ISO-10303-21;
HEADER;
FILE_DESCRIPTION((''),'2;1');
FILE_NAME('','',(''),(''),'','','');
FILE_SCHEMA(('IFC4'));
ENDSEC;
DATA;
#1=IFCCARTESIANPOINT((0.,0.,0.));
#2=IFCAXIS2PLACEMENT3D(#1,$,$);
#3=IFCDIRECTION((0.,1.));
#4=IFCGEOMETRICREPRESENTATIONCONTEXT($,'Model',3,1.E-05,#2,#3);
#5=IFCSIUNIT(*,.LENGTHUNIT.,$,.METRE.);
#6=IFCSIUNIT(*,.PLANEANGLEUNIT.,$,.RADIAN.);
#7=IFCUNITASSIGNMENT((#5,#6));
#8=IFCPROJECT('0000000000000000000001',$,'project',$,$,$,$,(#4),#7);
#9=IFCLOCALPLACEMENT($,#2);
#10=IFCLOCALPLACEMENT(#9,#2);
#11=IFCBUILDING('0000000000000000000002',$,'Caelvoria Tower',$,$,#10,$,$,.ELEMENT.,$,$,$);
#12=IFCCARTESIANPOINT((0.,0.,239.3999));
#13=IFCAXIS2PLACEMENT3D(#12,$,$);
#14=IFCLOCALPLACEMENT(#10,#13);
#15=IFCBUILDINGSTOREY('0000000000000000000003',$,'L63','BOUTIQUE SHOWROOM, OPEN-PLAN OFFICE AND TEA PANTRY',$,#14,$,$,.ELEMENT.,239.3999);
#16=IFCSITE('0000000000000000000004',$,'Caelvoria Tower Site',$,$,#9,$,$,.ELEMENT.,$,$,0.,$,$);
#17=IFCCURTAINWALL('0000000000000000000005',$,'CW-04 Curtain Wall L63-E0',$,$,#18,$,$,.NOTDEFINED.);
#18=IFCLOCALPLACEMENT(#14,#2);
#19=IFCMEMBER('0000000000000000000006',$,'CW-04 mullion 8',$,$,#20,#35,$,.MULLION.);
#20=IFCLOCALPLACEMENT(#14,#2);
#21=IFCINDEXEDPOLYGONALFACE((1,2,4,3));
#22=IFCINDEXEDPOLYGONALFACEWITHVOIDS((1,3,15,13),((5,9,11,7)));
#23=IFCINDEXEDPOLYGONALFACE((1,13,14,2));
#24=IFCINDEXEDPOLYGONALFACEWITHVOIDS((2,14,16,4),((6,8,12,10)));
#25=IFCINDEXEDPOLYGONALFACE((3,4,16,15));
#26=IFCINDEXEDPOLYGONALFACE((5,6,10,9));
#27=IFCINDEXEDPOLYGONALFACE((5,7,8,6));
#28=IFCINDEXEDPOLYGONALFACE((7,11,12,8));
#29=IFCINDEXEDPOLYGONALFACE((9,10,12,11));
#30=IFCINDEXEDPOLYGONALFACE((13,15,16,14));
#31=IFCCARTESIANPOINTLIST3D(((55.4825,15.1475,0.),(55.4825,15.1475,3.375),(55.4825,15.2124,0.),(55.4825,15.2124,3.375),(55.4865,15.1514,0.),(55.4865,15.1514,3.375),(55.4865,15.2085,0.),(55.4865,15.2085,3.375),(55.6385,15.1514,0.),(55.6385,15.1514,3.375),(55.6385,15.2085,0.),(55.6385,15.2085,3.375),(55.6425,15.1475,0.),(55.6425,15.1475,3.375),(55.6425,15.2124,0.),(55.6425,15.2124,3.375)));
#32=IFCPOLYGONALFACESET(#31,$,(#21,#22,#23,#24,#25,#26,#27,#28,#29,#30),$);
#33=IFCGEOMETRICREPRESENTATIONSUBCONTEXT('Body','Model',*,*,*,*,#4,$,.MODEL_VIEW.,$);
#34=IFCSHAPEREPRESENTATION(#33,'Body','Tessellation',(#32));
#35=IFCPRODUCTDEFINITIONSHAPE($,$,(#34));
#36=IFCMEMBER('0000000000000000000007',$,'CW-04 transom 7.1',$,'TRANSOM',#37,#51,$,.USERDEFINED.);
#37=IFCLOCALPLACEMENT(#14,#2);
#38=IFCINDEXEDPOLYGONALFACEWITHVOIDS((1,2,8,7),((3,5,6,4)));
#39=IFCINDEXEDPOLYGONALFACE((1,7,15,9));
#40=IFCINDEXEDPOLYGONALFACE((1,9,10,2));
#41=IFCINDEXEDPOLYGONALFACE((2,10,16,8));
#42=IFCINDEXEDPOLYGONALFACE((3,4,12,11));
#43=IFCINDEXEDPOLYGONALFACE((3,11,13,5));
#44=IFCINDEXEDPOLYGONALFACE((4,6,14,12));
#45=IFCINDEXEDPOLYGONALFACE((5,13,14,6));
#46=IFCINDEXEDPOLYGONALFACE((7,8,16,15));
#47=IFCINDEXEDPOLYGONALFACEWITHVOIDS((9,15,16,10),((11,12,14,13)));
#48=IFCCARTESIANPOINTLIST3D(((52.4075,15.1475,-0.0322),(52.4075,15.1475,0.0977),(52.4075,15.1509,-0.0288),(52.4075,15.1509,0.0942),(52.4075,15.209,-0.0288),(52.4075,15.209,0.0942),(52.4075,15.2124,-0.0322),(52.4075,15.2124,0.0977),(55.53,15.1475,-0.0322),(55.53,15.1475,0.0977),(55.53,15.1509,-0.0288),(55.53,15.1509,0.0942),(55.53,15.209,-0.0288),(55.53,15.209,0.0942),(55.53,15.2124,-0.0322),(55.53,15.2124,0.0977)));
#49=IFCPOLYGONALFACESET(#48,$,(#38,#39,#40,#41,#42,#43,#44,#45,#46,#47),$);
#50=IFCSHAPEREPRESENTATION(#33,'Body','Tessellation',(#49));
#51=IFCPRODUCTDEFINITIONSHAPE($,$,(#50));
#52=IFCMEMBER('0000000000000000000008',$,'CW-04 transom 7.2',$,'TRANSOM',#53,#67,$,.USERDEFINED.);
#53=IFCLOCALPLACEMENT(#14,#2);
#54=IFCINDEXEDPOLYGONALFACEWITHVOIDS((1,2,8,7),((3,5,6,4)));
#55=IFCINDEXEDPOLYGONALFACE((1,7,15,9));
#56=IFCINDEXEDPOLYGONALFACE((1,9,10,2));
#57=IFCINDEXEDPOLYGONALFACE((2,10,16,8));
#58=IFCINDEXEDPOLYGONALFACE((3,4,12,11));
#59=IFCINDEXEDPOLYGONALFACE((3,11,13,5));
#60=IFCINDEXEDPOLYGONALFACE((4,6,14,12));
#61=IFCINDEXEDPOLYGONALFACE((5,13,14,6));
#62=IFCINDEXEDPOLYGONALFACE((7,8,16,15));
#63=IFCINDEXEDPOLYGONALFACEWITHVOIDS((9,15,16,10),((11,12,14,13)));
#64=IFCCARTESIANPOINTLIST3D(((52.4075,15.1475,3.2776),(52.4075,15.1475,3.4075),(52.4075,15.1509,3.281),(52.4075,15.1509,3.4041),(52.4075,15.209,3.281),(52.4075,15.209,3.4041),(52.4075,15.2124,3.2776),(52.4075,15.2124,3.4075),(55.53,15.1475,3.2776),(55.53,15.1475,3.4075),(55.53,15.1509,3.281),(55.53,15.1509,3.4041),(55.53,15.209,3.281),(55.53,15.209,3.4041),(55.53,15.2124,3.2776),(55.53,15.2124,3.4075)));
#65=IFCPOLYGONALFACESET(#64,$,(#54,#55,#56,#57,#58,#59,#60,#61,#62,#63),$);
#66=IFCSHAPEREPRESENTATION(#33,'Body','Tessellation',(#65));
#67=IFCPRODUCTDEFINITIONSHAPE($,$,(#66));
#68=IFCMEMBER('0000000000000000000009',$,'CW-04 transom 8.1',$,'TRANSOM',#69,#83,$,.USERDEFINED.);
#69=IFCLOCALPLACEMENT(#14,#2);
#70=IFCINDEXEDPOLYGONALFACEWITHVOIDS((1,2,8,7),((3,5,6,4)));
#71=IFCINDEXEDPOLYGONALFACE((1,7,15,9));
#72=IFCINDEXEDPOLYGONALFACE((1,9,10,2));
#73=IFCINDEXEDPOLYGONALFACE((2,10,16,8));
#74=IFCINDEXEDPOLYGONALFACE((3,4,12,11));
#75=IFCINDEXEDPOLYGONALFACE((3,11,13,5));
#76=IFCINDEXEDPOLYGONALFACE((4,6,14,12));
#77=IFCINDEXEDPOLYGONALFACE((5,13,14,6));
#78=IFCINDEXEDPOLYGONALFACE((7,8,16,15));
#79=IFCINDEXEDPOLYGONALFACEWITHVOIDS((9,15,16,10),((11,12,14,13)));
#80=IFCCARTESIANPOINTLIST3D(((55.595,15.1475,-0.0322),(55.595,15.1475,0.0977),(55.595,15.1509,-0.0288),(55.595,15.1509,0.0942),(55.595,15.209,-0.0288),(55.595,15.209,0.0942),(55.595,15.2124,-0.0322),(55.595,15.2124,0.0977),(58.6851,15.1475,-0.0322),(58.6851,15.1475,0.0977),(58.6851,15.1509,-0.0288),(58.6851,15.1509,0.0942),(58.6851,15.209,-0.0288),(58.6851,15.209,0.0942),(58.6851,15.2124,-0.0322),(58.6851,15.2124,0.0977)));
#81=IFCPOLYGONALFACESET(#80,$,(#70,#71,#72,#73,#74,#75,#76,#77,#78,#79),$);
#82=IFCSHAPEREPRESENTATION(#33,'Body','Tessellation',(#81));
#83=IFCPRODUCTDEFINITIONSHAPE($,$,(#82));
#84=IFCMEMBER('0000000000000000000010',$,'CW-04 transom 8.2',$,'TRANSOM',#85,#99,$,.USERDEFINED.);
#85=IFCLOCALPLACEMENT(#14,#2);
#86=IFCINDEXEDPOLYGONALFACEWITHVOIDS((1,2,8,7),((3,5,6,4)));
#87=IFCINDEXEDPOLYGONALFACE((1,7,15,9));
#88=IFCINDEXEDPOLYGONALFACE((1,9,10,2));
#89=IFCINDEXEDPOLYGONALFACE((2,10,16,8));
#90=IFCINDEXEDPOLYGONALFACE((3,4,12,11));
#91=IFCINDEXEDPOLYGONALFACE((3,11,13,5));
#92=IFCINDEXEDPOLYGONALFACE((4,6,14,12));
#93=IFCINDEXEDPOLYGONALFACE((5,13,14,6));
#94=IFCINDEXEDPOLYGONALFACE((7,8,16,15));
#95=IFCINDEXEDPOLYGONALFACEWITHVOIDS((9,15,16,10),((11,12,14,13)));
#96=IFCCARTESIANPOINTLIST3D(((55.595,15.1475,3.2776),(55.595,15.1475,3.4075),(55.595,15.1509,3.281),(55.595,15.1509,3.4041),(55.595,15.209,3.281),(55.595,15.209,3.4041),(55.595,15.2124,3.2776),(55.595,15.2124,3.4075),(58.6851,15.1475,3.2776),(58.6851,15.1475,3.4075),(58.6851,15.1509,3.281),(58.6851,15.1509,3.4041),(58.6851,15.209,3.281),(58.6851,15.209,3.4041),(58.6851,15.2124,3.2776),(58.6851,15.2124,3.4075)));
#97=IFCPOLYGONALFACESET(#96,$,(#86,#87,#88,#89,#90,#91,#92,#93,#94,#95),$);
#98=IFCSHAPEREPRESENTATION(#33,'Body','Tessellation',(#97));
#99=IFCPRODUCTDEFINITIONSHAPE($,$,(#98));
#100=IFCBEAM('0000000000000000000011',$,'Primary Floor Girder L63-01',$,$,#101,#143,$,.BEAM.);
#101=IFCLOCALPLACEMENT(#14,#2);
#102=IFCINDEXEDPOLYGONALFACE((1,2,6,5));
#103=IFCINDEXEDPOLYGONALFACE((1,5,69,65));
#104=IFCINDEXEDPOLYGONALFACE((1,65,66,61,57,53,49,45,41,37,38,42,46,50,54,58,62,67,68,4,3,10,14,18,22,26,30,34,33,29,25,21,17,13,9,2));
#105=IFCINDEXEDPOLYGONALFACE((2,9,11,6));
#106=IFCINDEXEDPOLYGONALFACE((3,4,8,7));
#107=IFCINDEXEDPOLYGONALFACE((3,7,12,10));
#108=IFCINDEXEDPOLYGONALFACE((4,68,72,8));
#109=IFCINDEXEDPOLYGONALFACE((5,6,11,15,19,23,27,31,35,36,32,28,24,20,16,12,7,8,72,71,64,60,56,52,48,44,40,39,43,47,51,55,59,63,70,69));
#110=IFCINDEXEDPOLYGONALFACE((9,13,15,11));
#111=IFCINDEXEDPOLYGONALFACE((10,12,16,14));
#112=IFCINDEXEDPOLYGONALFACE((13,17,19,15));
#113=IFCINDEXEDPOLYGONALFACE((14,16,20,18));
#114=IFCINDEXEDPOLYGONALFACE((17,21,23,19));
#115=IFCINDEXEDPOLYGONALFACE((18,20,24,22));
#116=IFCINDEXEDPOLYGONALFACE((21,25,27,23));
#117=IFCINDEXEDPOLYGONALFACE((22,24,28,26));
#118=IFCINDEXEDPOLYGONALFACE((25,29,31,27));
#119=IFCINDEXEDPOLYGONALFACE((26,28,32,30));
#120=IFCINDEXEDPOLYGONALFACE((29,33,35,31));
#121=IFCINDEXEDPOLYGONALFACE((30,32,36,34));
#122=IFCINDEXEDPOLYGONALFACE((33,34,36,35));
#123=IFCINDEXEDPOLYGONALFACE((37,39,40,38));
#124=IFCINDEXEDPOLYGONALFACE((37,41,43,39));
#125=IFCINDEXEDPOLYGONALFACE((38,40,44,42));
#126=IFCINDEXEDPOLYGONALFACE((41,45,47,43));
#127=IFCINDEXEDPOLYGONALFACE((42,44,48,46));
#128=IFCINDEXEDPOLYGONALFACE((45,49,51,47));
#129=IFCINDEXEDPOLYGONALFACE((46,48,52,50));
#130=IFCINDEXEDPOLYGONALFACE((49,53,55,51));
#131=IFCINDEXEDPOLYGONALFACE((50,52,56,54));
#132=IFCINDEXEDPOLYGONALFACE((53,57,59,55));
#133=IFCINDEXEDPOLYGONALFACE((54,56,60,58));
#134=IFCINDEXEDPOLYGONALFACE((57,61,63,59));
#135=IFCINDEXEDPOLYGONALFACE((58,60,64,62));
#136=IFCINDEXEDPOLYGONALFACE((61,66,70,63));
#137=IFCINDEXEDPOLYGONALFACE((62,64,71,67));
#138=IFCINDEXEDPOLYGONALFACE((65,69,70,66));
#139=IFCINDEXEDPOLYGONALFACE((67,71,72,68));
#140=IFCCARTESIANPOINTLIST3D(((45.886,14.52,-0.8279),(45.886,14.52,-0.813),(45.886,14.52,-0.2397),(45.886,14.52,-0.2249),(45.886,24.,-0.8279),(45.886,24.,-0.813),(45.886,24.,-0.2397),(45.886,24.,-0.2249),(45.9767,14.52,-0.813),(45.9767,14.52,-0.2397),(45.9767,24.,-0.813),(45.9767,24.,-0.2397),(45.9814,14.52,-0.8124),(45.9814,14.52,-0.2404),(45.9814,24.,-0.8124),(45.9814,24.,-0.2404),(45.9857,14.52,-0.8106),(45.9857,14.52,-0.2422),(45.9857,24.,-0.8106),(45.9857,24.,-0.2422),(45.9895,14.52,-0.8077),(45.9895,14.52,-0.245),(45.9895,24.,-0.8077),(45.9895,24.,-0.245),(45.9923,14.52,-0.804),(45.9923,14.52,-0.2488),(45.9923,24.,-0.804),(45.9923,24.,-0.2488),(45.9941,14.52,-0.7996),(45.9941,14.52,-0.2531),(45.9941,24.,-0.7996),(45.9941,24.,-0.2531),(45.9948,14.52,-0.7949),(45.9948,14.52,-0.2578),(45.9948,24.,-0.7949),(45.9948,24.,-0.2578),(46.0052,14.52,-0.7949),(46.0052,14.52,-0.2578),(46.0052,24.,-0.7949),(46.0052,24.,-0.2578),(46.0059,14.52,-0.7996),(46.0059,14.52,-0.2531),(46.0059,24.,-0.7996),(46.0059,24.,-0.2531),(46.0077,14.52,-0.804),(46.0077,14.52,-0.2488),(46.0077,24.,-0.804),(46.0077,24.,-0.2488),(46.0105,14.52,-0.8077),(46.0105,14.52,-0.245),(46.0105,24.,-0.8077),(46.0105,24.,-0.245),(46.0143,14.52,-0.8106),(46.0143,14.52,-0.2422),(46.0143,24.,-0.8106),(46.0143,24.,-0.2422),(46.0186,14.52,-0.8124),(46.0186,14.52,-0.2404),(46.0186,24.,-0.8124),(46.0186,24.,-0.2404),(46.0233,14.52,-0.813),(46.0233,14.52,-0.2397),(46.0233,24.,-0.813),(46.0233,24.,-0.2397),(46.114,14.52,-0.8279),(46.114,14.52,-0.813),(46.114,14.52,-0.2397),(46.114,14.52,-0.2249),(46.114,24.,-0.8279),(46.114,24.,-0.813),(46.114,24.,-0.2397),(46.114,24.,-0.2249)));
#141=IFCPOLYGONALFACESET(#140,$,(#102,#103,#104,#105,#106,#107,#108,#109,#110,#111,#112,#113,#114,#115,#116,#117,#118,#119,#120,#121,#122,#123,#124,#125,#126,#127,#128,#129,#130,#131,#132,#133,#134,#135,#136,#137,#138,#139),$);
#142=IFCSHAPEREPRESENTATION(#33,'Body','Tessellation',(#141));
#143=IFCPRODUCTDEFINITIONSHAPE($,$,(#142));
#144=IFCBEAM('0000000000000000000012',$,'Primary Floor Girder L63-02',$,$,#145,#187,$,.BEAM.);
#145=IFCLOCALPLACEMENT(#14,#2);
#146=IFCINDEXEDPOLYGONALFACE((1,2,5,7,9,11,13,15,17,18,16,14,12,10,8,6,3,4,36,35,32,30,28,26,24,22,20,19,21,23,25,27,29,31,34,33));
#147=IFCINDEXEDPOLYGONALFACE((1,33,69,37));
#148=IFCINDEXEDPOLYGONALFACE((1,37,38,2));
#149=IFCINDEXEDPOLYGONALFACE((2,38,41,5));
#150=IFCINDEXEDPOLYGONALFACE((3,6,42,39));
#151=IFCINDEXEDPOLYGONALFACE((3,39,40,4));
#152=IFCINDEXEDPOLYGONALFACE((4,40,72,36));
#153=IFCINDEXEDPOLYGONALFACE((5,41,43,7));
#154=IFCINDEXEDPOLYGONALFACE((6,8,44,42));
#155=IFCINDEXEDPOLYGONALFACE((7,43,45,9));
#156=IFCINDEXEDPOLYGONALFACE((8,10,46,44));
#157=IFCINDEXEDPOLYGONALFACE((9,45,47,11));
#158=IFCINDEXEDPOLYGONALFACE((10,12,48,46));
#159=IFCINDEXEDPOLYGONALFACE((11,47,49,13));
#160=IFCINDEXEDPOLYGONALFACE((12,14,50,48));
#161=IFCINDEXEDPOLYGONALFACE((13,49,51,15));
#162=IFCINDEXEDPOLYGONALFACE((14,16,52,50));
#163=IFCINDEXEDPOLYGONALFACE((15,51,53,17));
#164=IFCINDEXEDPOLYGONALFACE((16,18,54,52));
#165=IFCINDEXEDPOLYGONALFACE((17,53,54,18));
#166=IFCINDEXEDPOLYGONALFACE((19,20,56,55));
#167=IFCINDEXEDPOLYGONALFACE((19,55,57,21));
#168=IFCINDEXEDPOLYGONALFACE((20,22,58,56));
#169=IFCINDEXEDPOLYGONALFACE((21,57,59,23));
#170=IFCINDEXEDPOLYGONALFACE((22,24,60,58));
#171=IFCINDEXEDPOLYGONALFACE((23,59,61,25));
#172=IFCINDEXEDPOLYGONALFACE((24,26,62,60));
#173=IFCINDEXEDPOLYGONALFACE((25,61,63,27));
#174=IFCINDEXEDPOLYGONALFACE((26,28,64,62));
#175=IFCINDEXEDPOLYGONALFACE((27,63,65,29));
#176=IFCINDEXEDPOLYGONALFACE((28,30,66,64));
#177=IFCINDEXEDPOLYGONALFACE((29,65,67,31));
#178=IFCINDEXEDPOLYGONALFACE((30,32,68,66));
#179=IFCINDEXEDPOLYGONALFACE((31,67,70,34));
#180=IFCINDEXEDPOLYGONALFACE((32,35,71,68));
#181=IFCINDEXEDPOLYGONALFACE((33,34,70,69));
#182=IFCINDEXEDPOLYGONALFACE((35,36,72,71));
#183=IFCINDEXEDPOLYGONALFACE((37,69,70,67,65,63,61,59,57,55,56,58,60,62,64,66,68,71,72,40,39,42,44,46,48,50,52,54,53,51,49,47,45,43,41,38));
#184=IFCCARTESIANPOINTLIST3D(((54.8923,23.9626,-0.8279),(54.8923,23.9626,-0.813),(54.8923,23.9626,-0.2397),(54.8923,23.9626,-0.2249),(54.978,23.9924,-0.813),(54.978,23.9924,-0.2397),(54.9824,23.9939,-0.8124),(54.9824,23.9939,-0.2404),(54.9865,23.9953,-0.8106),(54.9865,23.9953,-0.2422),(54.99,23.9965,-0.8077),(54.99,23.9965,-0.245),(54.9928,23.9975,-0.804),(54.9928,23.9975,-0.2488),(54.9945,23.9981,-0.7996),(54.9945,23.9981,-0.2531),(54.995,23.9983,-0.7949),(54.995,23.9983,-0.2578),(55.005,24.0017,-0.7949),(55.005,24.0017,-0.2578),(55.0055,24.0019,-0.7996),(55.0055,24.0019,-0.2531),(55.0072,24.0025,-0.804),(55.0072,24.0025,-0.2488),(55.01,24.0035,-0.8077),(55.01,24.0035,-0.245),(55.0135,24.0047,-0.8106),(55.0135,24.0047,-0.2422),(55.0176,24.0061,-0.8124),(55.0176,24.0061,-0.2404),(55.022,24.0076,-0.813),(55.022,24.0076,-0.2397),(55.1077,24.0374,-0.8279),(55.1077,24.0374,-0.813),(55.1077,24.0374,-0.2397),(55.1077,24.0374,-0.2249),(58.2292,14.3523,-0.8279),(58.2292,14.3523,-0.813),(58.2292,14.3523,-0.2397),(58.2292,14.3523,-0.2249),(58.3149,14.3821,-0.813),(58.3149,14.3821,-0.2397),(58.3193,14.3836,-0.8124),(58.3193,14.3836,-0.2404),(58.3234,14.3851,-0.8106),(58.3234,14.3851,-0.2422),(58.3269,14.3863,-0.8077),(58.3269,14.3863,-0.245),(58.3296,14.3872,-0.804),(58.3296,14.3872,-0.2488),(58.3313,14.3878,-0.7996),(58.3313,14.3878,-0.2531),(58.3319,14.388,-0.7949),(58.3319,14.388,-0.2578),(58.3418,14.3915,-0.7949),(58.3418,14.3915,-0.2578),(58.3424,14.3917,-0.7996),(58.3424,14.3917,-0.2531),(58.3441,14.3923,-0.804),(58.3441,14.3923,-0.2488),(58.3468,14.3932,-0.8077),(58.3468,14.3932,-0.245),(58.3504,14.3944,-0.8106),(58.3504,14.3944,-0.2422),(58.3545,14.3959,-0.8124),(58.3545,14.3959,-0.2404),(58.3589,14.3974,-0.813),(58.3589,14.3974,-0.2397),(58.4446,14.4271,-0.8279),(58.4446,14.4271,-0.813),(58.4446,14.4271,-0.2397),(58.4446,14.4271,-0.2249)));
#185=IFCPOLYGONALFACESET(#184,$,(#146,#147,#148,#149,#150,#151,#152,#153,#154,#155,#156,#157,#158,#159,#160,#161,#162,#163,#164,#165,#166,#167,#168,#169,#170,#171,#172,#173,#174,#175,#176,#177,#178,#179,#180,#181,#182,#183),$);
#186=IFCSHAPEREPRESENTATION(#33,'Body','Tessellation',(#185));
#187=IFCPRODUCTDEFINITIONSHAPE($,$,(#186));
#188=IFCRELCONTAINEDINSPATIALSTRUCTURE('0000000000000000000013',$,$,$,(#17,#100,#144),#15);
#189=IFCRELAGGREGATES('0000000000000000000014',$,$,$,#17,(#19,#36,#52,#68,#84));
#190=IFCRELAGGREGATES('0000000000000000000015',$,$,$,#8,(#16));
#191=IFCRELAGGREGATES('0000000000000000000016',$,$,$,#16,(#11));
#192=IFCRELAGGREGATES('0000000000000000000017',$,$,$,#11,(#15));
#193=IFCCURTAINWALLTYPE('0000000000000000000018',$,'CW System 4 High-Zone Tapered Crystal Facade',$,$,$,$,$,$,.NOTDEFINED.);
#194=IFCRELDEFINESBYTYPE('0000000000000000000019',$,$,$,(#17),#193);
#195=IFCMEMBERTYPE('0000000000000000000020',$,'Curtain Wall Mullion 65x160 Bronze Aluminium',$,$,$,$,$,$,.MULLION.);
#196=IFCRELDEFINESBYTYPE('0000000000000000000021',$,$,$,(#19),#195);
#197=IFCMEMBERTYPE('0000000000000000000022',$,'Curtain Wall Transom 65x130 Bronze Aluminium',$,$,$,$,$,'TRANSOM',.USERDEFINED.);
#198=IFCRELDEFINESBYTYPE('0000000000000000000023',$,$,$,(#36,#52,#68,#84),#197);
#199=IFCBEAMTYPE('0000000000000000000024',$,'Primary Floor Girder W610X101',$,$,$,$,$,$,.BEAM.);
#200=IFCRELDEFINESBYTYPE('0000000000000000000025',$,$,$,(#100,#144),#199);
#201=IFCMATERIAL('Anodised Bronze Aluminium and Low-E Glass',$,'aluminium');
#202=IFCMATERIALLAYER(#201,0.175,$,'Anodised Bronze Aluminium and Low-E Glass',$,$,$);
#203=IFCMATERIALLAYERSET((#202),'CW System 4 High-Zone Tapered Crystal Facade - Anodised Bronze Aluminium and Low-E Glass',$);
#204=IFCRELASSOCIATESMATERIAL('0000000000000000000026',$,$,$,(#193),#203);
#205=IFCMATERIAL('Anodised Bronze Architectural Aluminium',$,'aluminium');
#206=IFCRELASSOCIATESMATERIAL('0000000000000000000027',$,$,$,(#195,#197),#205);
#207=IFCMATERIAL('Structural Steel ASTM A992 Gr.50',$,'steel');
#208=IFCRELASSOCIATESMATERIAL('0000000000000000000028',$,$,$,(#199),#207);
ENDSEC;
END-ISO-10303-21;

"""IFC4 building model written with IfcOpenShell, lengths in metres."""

from ifc_helpers import new_model, si_unit, direction, frame, origin, origin_2d, place, context, subcontext, project, spatial, hollow_rectangle, i_section, extrude, material, layer, layer_set, material_profile, profile_set, type_object, element, aggregate, save


model = new_model("IFC4")

# Units and contexts
model_context = context("Model", 3, precision=1e-05, world=origin(), true_north=direction((0.0, 1.0)))
body_context = subcontext(model_context, "Body", "Model", "MODEL_VIEW")
ifc_project = project(units=[si_unit("LENGTHUNIT", "METRE"), si_unit("PLANEANGLEUNIT", "RADIAN")], contexts=[model_context])

# Site, building, storey
site_placement = place(None, origin())
site = spatial("IfcSite", under=ifc_project, at=site_placement, Name="Caelvoria Tower Site", CompositionType="ELEMENT", RefElevation=0.0)
building_placement = place(site_placement, origin())
building = spatial("IfcBuilding", under=site, at=building_placement, Name="Caelvoria Tower", CompositionType="ELEMENT")
storey_placement = place(building_placement, frame((0.0, 0.0, 239.3999)))
storey = spatial("IfcBuildingStorey", under=building, at=storey_placement, Name="L63", Description="BOUTIQUE SHOWROOM, OPEN-PLAN OFFICE AND TEA PANTRY", CompositionType="ELEMENT", Elevation=239.3999)

# Curtain wall, members
ifc_material_1 = material(Name="Anodised Bronze Aluminium and Low-E Glass", Category="aluminium")
ifc_layer_1 = layer(ifc_material_1, 0.175, Name="Anodised Bronze Aluminium and Low-E Glass")
ifc_layer_set_1 = layer_set([ifc_layer_1], Name="CW System 4 High-Zone Tapered Crystal Facade - Anodised Bronze Aluminium and Low-E Glass")
curtain_wall_type = type_object("IfcCurtainWallType", Name="CW System 4 High-Zone Tapered Crystal Facade", PredefinedType="NOTDEFINED", material=ifc_layer_set_1)
curtain_wall_placement = place(storey_placement, origin())
curtain_wall = element("IfcCurtainWall", 1, at=curtain_wall_placement, inside=storey, type_object=curtain_wall_type, Name="CW-04 Curtain Wall L63-E0", PredefinedType="NOTDEFINED")
ifc_material_2 = material(Name="Anodised Bronze Architectural Aluminium", Category="aluminium")
ifc_material_profile_1 = material_profile(ifc_material_2, hollow_rectangle(XDim=0.0649, YDim=0.1599, WallThickness=0.0039, at=origin_2d()), Name="Anodised Bronze Architectural Aluminium")
ifc_profile_set_1 = profile_set([ifc_material_profile_1], Name="CW_MULL_65X160 - Anodised Bronze Architectural Aluminium")
member_type_1 = type_object("IfcMemberType", Name="Curtain Wall Mullion 65x160 Bronze Aluminium", PredefinedType="MULLION", material=ifc_profile_set_1)
member_1_placement = place(storey_placement, frame((55.5625, 15.1799, 0.0), z_axis=(0.0, 0.0, 1.0), x_axis=(0.0, 1.0, 0.0)))
member_1 = element("IfcMember", 2, at=member_1_placement, type_object=member_type_1, Name="CW-04 mullion 8", PredefinedType="MULLION", context=body_context, shape_type="SweptSolid", body=[
    extrude(hollow_rectangle(XDim=0.0649, YDim=0.1599, WallThickness=0.0039, at=origin_2d()), origin(), (0.0, 0.0, 1.0), 3.375),
])
ifc_material_profile_2 = material_profile(ifc_material_2, hollow_rectangle(XDim=0.0649, YDim=0.1299, WallThickness=0.0034, at=origin_2d()), Name="Anodised Bronze Architectural Aluminium")
ifc_profile_set_2 = profile_set([ifc_material_profile_2], Name="CW_TRAN_65X130 - Anodised Bronze Architectural Aluminium")
member_type_2 = type_object("IfcMemberType", Name="Curtain Wall Transom 65x130 Bronze Aluminium", ElementType="TRANSOM", PredefinedType="USERDEFINED", material=ifc_profile_set_2)
member_2_placement = place(storey_placement, frame((52.4075, 15.1799, 0.0327), z_axis=(1.0, 0.0, 0.0), x_axis=(0.0, 1.0, 0.0)))
member_2 = element("IfcMember", 3, at=member_2_placement, type_object=member_type_2, Name="CW-04 transom 7.1", ObjectType="TRANSOM", PredefinedType="USERDEFINED", context=body_context, shape_type="SweptSolid", body=[
    extrude(hollow_rectangle(XDim=0.0649, YDim=0.1299, WallThickness=0.0034, at=origin_2d()), origin(), (0.0, 0.0, 1.0), 3.1226),
])
member_3_placement = place(storey_placement, frame((52.4075, 15.1799, 3.3425), z_axis=(1.0, 0.0, 0.0), x_axis=(0.0, 1.0, 0.0)))
member_3 = element("IfcMember", 4, at=member_3_placement, type_object=member_type_2, Name="CW-04 transom 7.2", ObjectType="TRANSOM", PredefinedType="USERDEFINED", context=body_context, shape_type="SweptSolid", body=[
    extrude(hollow_rectangle(XDim=0.0649, YDim=0.1299, WallThickness=0.0034, at=origin_2d()), origin(), (0.0, 0.0, 1.0), 3.1226),
])
member_4_placement = place(storey_placement, frame((55.595, 15.1799, 0.0327), z_axis=(1.0, 0.0, 0.0), x_axis=(0.0, 1.0, 0.0)))
member_4 = element("IfcMember", 5, at=member_4_placement, type_object=member_type_2, Name="CW-04 transom 8.1", ObjectType="TRANSOM", PredefinedType="USERDEFINED", context=body_context, shape_type="SweptSolid", body=[
    extrude(hollow_rectangle(XDim=0.0649, YDim=0.1299, WallThickness=0.0034, at=origin_2d()), origin(), (0.0, 0.0, 1.0), 3.0901),
])
member_5_placement = place(storey_placement, frame((55.595, 15.1799, 3.3425), z_axis=(1.0, 0.0, 0.0), x_axis=(0.0, 1.0, 0.0)))
member_5 = element("IfcMember", 6, at=member_5_placement, type_object=member_type_2, Name="CW-04 transom 8.2", ObjectType="TRANSOM", PredefinedType="USERDEFINED", context=body_context, shape_type="SweptSolid", body=[
    extrude(hollow_rectangle(XDim=0.0649, YDim=0.1299, WallThickness=0.0034, at=origin_2d()), origin(), (0.0, 0.0, 1.0), 3.0901),
])

# Beams
ifc_material_3 = material(Name="Structural Steel ASTM A992 Gr.50", Category="steel")
ifc_material_profile_3 = material_profile(ifc_material_3, i_section(OverallWidth=0.228, OverallDepth=0.603, WebThickness=0.0105, FlangeThickness=0.0149, FilletRadius=0.0181, at=origin_2d()), Name="Structural Steel ASTM A992 Gr.50")
ifc_profile_set_3 = profile_set([ifc_material_profile_3], Name="W610X101 - Structural Steel ASTM A992 Gr.50")
beam_type_1 = type_object("IfcBeamType", Name="Primary Floor Girder W610X101", PredefinedType="BEAM", material=ifc_profile_set_3)
beam_1_placement = place(storey_placement, frame((46.0, 24.0, -0.5264), z_axis=(0.0, -1.0, 0.0), x_axis=(1.0, 0.0, 0.0)))
element("IfcBeam", 7, at=beam_1_placement, inside=storey, type_object=beam_type_1, Name="Primary Floor Girder L63-01", PredefinedType="BEAM", context=body_context, shape_type="SweptSolid", body=[
    extrude(i_section(OverallWidth=0.228, OverallDepth=0.603, WebThickness=0.0105, FlangeThickness=0.0149, FilletRadius=0.0181, at=origin_2d()), origin(), (0.0, 0.0, 1.0), 9.48),
])
beam_2_placement = place(storey_placement, frame((55.0, 24.0, -0.5264), z_axis=(0.32801, -0.944674, 0.0), x_axis=(0.944674, 0.32801, 0.0)))
element("IfcBeam", 8, at=beam_2_placement, inside=storey, type_object=beam_type_1, Name="Primary Floor Girder L63-02", PredefinedType="BEAM", context=body_context, shape_type="SweptSolid", body=[
    extrude(i_section(OverallWidth=0.228, OverallDepth=0.603, WebThickness=0.0105, FlangeThickness=0.0149, FilletRadius=0.0181, at=origin_2d()), origin(), (0.0, 0.0, 1.0), 10.1731),
])

aggregate(curtain_wall, [member_1, member_2, member_3, member_4, member_5])

save(model, "model.ifc")
